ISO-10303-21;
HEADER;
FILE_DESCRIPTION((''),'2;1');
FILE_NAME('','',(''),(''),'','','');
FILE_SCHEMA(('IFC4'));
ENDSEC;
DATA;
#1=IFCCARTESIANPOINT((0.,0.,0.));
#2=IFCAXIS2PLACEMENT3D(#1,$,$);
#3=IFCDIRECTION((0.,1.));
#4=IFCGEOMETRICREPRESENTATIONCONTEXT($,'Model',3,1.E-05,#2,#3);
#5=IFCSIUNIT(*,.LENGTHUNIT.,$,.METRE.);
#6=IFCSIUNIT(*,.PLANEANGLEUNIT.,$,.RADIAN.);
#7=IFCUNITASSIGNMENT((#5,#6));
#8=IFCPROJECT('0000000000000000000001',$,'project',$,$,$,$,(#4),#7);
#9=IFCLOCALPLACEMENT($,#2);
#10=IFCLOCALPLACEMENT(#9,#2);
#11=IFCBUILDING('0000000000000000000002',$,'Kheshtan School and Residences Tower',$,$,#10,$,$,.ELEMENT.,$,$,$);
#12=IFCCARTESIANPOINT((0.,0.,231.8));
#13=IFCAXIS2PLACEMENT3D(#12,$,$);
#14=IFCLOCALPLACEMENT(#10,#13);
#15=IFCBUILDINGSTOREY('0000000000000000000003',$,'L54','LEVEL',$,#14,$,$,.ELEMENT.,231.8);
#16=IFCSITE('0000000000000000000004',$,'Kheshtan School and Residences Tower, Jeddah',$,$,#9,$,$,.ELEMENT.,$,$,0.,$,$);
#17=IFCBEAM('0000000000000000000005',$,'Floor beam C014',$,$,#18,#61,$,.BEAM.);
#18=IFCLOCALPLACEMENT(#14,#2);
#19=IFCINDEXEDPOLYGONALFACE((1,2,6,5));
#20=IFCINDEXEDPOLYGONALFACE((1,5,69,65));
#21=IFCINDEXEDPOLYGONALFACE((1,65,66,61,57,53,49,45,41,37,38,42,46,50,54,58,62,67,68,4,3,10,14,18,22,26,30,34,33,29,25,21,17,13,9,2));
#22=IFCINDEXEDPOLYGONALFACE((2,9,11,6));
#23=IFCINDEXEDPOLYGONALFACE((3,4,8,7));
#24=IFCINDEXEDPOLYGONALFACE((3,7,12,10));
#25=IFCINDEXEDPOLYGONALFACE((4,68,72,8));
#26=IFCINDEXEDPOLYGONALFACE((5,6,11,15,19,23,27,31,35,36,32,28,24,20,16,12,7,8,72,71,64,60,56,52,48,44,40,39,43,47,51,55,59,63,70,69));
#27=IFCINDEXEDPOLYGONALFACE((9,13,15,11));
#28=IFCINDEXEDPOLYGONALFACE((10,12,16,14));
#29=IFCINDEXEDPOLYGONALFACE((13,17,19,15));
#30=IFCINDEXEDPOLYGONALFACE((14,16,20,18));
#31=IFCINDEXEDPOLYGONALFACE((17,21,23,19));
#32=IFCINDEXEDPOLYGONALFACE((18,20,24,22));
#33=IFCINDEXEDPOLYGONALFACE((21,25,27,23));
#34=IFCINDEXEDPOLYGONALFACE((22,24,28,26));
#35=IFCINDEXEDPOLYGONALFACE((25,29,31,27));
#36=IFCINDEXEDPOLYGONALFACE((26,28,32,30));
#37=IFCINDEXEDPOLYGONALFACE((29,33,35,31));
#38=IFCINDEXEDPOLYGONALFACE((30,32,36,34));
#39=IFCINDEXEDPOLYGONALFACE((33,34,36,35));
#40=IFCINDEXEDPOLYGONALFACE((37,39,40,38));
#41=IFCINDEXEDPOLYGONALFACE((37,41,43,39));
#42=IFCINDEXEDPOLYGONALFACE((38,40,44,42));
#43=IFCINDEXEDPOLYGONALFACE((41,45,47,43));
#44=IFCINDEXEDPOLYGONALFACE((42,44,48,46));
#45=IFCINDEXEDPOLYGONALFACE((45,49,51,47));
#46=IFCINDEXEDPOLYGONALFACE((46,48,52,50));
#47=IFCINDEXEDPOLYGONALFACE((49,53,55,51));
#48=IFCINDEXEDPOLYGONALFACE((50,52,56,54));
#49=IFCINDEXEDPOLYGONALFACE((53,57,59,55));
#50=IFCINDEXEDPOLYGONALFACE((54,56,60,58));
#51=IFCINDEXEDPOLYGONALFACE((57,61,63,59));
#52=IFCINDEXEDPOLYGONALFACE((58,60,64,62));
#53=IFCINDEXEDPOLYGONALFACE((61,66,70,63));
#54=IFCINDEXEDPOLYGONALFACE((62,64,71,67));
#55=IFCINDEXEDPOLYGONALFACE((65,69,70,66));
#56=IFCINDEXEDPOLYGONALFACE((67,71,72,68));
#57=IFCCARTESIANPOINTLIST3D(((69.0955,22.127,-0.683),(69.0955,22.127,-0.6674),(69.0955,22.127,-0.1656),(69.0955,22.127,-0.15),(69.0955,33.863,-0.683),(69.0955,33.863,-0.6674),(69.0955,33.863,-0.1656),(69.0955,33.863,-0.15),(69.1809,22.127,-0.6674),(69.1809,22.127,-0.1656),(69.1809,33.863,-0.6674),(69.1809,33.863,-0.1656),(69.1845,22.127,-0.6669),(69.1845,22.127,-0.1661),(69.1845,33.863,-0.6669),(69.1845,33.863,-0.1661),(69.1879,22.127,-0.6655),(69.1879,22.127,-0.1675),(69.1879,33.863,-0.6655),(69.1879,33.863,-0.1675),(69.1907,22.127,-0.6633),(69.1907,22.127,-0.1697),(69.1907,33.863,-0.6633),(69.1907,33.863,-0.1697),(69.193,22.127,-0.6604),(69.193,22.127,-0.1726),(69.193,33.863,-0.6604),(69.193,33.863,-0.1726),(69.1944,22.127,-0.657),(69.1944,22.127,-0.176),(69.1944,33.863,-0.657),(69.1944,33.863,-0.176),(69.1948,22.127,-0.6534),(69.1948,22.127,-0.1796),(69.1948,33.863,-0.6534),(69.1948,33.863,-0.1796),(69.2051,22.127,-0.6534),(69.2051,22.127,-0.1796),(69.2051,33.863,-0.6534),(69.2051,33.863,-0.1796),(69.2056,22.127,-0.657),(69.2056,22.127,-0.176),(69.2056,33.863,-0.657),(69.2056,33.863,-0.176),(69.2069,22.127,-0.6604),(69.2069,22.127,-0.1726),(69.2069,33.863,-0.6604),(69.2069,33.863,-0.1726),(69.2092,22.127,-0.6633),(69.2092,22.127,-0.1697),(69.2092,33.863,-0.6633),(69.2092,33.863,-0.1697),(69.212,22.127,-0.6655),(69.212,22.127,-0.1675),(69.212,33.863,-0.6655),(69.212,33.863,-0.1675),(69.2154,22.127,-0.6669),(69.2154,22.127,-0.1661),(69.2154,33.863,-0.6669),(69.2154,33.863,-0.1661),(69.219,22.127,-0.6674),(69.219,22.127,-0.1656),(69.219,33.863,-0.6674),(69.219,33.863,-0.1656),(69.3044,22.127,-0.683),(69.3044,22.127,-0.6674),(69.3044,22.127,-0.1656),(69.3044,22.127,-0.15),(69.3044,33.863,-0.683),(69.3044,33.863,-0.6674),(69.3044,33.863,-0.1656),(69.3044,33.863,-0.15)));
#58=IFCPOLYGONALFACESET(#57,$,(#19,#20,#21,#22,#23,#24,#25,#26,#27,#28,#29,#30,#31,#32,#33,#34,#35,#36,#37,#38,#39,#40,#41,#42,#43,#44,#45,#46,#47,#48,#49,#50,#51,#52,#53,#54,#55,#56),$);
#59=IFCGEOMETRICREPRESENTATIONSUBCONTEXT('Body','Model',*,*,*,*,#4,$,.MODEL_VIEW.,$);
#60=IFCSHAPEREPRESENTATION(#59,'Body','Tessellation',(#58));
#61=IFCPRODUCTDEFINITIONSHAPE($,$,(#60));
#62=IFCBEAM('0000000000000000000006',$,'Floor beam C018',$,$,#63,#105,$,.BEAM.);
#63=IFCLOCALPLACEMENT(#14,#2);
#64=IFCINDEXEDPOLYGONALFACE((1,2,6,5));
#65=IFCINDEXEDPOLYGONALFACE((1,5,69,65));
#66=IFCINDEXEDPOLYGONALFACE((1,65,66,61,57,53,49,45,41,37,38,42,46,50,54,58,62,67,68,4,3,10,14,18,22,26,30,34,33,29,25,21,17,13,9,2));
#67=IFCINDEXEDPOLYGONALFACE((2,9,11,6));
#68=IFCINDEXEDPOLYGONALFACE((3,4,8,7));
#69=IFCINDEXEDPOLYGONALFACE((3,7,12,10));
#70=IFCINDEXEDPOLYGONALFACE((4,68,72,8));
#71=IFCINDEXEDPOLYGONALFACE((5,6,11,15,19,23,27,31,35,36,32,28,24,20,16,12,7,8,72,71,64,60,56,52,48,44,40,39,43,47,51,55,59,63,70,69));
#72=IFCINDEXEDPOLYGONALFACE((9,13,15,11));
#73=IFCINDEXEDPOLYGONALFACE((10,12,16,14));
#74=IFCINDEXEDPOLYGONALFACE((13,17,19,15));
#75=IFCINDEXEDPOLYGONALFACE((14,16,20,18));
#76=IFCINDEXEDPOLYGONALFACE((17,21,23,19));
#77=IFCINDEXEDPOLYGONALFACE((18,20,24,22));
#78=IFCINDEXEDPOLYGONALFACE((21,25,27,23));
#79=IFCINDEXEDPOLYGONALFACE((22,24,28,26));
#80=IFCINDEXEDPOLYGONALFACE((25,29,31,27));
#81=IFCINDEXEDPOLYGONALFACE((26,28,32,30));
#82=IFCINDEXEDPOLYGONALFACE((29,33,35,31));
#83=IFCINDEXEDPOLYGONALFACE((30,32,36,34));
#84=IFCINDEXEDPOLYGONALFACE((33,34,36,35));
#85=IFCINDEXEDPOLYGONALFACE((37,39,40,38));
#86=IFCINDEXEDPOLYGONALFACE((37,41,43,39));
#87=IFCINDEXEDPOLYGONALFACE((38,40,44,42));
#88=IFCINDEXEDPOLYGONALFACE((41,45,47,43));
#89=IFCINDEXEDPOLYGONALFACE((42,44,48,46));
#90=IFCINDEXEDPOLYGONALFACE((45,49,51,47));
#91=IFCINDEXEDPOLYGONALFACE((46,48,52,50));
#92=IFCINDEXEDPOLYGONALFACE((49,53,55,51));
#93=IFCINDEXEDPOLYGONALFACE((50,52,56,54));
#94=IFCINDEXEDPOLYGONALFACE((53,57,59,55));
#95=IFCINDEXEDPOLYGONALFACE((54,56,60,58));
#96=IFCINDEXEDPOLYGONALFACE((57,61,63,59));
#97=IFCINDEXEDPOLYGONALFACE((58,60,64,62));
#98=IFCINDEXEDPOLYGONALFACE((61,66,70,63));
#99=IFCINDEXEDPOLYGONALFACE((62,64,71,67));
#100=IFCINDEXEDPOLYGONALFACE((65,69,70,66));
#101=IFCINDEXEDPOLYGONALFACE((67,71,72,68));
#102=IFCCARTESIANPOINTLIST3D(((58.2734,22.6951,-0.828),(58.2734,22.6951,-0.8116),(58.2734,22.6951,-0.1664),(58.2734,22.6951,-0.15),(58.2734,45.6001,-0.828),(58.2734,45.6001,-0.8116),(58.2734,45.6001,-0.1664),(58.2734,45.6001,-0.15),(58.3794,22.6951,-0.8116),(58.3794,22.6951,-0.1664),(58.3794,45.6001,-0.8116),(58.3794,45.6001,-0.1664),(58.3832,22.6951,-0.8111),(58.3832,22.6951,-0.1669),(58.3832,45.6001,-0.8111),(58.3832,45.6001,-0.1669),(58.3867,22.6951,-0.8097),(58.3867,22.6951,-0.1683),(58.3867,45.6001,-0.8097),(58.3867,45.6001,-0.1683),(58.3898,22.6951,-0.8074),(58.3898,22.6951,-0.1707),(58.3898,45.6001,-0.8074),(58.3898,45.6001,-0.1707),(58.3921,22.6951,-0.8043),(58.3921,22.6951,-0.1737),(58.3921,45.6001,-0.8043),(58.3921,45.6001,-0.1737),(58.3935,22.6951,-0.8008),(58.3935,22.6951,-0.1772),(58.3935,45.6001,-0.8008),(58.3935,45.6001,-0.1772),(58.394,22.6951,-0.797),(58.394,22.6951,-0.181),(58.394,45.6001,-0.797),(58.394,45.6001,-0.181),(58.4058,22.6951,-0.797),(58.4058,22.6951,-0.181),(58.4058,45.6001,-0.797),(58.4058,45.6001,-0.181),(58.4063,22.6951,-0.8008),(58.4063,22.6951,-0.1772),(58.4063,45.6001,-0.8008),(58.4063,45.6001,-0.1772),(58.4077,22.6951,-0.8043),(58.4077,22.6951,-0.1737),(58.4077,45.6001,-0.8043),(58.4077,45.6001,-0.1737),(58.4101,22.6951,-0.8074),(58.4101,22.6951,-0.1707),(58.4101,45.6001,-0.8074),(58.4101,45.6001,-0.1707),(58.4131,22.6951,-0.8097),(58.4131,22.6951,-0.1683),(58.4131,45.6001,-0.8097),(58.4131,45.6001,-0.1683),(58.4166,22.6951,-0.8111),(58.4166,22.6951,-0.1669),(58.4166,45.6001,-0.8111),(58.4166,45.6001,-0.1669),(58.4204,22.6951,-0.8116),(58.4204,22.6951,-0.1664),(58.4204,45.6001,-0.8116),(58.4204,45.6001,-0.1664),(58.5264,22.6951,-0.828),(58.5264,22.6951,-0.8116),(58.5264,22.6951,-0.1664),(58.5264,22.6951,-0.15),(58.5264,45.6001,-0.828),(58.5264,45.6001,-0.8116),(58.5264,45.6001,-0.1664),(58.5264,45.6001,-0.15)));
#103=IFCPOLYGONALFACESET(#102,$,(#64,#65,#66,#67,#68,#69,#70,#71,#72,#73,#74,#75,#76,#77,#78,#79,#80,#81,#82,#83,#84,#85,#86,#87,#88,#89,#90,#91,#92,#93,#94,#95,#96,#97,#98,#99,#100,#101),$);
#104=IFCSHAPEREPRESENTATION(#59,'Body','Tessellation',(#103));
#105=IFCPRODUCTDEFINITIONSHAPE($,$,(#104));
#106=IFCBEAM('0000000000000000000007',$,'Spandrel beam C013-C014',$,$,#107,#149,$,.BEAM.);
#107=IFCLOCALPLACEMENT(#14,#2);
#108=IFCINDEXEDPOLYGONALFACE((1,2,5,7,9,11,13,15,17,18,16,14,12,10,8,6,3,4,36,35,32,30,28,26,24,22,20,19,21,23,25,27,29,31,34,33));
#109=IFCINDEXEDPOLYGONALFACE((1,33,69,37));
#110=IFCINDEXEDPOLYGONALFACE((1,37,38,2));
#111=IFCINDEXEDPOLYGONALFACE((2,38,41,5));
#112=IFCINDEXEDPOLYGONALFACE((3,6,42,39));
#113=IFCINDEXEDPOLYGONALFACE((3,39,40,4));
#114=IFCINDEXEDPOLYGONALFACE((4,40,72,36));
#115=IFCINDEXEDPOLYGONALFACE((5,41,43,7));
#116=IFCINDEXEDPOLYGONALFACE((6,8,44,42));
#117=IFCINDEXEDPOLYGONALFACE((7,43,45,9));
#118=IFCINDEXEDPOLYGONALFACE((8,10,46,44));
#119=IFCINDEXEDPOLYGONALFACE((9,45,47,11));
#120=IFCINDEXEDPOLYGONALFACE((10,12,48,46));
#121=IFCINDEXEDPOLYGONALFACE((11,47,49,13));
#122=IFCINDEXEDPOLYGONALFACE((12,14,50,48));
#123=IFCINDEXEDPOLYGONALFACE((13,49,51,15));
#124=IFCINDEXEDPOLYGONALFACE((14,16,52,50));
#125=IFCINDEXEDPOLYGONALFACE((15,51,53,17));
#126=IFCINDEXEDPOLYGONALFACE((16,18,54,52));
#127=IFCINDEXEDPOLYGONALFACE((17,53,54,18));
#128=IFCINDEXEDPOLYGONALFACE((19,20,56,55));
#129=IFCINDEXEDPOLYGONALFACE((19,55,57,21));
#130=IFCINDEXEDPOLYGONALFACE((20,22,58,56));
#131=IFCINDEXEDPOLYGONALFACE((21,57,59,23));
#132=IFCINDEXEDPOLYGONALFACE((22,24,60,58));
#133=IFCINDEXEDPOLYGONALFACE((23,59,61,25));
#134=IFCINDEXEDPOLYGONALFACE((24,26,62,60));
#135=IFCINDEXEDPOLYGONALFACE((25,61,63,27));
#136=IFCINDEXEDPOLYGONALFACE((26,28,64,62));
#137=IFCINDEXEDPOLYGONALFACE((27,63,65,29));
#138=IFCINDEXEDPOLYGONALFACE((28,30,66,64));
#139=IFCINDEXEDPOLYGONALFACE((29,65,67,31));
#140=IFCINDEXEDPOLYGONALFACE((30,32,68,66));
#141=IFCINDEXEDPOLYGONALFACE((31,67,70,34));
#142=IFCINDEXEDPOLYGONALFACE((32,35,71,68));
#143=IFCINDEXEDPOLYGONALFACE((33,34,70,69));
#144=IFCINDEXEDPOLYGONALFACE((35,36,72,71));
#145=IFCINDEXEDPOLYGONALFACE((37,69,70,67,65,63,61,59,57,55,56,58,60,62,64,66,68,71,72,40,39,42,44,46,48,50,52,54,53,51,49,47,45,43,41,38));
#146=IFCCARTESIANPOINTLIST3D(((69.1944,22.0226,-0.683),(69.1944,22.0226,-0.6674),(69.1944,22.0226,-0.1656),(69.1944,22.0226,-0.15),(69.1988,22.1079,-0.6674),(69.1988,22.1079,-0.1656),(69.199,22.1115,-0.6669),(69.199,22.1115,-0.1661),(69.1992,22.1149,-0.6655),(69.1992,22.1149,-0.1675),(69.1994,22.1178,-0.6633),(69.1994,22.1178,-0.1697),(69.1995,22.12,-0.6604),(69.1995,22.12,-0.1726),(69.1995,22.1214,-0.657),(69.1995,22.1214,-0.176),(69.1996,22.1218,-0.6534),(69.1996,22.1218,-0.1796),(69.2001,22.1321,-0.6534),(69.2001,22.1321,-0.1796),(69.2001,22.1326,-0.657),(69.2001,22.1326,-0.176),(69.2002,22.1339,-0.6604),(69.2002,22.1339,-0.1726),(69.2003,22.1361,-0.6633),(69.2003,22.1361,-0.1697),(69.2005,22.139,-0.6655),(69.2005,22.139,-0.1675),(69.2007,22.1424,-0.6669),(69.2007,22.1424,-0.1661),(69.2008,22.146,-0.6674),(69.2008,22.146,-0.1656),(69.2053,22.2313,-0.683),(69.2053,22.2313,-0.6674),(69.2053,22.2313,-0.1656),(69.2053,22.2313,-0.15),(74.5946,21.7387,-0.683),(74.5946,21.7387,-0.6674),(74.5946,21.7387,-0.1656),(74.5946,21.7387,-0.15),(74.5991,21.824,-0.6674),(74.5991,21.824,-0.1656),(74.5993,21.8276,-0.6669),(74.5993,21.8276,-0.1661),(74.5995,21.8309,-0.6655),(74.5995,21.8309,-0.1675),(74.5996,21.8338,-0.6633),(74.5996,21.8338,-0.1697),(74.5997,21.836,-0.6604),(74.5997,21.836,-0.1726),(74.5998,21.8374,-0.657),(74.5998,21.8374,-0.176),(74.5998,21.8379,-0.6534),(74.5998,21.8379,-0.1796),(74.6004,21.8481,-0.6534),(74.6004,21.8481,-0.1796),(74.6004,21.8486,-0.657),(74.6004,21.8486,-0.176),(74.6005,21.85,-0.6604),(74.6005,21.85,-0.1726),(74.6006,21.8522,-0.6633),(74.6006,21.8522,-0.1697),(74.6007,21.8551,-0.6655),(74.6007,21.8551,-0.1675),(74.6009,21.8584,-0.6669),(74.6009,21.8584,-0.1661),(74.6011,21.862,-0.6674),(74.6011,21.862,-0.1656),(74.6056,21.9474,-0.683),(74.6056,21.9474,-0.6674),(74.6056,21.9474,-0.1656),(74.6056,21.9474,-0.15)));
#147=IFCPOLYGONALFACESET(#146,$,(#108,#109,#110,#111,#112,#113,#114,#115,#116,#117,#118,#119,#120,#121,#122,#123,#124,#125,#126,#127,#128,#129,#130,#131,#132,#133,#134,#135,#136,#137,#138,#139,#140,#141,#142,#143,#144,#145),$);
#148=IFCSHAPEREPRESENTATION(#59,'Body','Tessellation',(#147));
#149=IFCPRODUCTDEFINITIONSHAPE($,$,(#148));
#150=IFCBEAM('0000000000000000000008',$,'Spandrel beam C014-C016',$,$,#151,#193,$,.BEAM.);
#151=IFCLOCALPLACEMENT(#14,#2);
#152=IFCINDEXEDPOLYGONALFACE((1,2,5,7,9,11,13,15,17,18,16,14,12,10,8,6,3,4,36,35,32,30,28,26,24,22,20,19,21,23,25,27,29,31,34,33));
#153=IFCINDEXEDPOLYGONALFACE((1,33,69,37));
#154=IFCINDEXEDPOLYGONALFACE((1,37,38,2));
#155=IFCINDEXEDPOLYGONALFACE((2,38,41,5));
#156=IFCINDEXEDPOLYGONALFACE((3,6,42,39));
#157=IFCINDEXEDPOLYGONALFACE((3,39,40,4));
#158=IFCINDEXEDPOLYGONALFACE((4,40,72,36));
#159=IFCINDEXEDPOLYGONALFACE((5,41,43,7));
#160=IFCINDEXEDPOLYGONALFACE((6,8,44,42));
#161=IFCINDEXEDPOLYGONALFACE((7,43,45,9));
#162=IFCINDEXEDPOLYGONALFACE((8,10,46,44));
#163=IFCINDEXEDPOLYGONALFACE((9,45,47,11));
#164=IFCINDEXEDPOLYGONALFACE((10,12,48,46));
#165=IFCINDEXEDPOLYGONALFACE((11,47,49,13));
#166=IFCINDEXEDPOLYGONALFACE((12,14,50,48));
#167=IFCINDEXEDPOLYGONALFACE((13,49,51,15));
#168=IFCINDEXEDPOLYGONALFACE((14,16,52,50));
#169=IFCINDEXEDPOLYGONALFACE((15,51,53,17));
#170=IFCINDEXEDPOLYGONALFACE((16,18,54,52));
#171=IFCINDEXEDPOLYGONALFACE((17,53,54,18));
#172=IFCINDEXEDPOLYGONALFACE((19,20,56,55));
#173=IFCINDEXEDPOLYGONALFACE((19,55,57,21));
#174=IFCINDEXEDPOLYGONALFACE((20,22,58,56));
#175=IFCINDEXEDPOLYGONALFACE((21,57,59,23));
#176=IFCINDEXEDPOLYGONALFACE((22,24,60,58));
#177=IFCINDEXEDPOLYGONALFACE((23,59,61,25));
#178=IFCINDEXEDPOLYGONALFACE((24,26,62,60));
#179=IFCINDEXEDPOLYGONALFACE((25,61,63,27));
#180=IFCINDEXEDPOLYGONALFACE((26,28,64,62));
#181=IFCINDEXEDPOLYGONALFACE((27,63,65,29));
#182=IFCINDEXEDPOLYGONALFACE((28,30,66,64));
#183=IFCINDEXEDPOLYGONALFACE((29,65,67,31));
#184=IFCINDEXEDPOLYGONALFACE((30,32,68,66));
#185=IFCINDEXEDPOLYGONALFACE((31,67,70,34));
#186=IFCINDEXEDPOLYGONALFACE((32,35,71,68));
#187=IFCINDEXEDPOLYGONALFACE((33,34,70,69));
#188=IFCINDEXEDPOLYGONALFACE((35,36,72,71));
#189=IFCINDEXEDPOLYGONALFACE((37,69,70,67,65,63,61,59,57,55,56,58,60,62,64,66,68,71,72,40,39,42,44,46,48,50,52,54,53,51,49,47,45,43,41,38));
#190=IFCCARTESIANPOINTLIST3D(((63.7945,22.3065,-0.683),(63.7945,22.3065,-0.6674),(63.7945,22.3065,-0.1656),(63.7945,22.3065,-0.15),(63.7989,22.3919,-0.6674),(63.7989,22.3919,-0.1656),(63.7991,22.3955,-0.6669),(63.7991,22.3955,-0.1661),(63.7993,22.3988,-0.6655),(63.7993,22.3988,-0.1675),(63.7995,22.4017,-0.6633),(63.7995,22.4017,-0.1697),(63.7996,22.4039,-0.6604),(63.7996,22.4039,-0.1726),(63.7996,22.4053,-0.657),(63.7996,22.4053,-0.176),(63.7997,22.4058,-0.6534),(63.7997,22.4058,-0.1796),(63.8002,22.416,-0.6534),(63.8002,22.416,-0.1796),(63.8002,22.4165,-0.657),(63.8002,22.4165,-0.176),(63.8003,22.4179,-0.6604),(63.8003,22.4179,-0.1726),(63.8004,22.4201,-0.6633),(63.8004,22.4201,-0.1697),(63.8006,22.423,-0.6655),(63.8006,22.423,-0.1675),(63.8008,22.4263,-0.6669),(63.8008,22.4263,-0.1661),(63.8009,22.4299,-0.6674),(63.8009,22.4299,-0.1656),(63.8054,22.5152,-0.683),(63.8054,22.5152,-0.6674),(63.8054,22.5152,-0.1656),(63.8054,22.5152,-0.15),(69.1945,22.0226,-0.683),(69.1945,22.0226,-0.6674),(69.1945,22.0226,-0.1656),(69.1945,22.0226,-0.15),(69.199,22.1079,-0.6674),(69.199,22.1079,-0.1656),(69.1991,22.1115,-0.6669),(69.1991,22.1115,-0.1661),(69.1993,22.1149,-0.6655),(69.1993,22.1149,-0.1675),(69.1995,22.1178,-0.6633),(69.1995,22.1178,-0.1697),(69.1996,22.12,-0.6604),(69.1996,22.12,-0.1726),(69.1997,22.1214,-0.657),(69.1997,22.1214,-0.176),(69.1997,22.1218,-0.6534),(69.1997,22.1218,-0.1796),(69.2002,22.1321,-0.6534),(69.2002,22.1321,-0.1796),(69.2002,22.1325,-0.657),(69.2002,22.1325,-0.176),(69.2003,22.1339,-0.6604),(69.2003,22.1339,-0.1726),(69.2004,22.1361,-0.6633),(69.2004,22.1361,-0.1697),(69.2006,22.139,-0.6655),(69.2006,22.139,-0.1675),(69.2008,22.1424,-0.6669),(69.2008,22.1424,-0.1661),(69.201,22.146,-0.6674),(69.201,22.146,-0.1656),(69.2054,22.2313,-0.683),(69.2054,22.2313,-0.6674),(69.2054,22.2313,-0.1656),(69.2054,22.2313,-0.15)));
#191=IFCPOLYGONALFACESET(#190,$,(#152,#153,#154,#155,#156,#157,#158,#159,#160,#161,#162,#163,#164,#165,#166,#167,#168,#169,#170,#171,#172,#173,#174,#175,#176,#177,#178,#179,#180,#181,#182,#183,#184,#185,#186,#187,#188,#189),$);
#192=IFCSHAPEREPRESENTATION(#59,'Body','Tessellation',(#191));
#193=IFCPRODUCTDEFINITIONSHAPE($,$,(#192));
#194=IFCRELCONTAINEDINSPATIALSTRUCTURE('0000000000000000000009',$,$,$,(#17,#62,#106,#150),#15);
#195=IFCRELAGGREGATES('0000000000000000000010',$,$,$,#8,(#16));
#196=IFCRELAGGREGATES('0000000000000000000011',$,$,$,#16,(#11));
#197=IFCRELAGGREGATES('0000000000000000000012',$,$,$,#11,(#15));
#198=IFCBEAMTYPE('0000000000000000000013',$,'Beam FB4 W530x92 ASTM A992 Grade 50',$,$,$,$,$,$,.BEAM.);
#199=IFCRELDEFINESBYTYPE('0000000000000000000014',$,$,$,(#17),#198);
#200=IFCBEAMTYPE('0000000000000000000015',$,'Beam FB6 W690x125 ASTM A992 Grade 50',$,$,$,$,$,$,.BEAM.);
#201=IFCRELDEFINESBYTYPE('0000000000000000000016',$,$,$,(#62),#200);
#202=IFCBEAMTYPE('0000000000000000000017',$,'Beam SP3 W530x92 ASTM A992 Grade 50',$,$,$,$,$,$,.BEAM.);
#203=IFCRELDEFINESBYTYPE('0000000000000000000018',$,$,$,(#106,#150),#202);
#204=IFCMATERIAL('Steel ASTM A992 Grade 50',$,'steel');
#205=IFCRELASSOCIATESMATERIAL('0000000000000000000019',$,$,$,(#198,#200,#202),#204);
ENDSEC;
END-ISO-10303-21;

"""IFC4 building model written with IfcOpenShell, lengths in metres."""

from ifc_helpers import new_model, si_unit, direction, frame, origin, origin_2d, place, context, subcontext, project, spatial, i_section, extrude, material, material_profile, profile_set, type_object, element, save


model = new_model("IFC4")

# Units and contexts
model_context = context("Model", 3, precision=1e-05, world=origin(), true_north=direction((0.0, 1.0)))
body_context = subcontext(model_context, "Body", "Model", "MODEL_VIEW")
ifc_project = project(units=[si_unit("LENGTHUNIT", "METRE"), si_unit("PLANEANGLEUNIT", "RADIAN")], contexts=[model_context])

# Site, building, storey
site_placement = place(None, origin())
site = spatial("IfcSite", under=ifc_project, at=site_placement, Name="Kheshtan School and Residences Tower, Jeddah", CompositionType="ELEMENT", RefElevation=0.0)
building_placement = place(site_placement, origin())
building = spatial("IfcBuilding", under=site, at=building_placement, Name="Kheshtan School and Residences Tower", CompositionType="ELEMENT")
storey_placement = place(building_placement, frame((0.0, 0.0, 231.8)))
storey = spatial("IfcBuildingStorey", under=building, at=storey_placement, Name="L54", Description="LEVEL", CompositionType="ELEMENT", Elevation=231.8)

# Shared definitions
ifc_material_1 = material(Name="Steel ASTM A992 Grade 50", Category="steel")

# Beams
ifc_material_profile_1 = material_profile(ifc_material_1, i_section(OverallWidth=0.209, OverallDepth=0.533, WebThickness=0.0103, FlangeThickness=0.0156, FilletRadius=0.0139, at=origin_2d()), Name="W530x92")
ifc_profile_set_1 = profile_set([ifc_material_profile_1], Name="Steel ASTM A992 Grade 50")
beam_type_1 = type_object("IfcBeamType", Name="Beam FB4 W530x92 ASTM A992 Grade 50", PredefinedType="BEAM", material=ifc_profile_set_1)
beam_1_placement = place(storey_placement, frame((69.2, 22.127, -0.4165), z_axis=(0.0, 1.0, 0.0), x_axis=(-1.0, 0.0, 0.0)))
element("IfcBeam", 1, at=beam_1_placement, inside=storey, type_object=beam_type_1, Name="Floor beam C014", PredefinedType="BEAM", context=body_context, shape_type="SweptSolid", body=[
    extrude(i_section(OverallWidth=0.209, OverallDepth=0.533, WebThickness=0.0103, FlangeThickness=0.0156, FilletRadius=0.0139, at=origin_2d()), origin(), (0.0, 0.0, 1.0), 11.7361),
])
ifc_material_profile_2 = material_profile(ifc_material_1, i_section(OverallWidth=0.2529, OverallDepth=0.678, WebThickness=0.0117, FlangeThickness=0.0164, FilletRadius=0.0146, at=origin_2d()), Name="W690x125")
ifc_profile_set_2 = profile_set([ifc_material_profile_2], Name="Steel ASTM A992 Grade 50")
beam_type_2 = type_object("IfcBeamType", Name="Beam FB6 W690x125 ASTM A992 Grade 50", PredefinedType="BEAM", material=ifc_profile_set_2)
beam_2_placement = place(storey_placement, frame((58.3999, 22.6951, -0.489), z_axis=(0.0, 1.0, 0.0), x_axis=(-1.0, 0.0, 0.0)))
element("IfcBeam", 2, at=beam_2_placement, inside=storey, type_object=beam_type_2, Name="Floor beam C018", PredefinedType="BEAM", context=body_context, shape_type="SweptSolid", body=[
    extrude(i_section(OverallWidth=0.2529, OverallDepth=0.678, WebThickness=0.0117, FlangeThickness=0.0164, FilletRadius=0.0146, at=origin_2d()), origin(), (0.0, 0.0, 1.0), 22.905),
])
ifc_material_profile_3 = material_profile(ifc_material_1, i_section(OverallWidth=0.209, OverallDepth=0.533, WebThickness=0.0103, FlangeThickness=0.0156, FilletRadius=0.0139, at=origin_2d()), Name="W530x92")
ifc_profile_set_3 = profile_set([ifc_material_profile_3], Name="Steel ASTM A992 Grade 50")
beam_type_3 = type_object("IfcBeamType", Name="Beam SP3 W530x92 ASTM A992 Grade 50", PredefinedType="BEAM", material=ifc_profile_set_3)
beam_3_placement = place(storey_placement, frame((74.6001, 21.843, -0.4165), z_axis=(-0.998621, 0.052507, 0.0), x_axis=(-0.052507, -0.998621, 0.0)))
element("IfcBeam", 3, at=beam_3_placement, inside=storey, type_object=beam_type_3, Name="Spandrel beam C013-C014", PredefinedType="BEAM", context=body_context, shape_type="SweptSolid", body=[
    extrude(i_section(OverallWidth=0.209, OverallDepth=0.533, WebThickness=0.0103, FlangeThickness=0.0156, FilletRadius=0.0139, at=origin_2d()), origin(), (0.0, 0.0, 1.0), 5.4077),
])
beam_4_placement = place(storey_placement, frame((69.2, 22.127, -0.4165), z_axis=(-0.99862, 0.052509, 0.0), x_axis=(-0.052509, -0.99862, 0.0)))
element("IfcBeam", 4, at=beam_4_placement, inside=storey, type_object=beam_type_3, Name="Spandrel beam C014-C016", PredefinedType="BEAM", context=body_context, shape_type="SweptSolid", body=[
    extrude(i_section(OverallWidth=0.209, OverallDepth=0.533, WebThickness=0.0103, FlangeThickness=0.0156, FilletRadius=0.0139, at=origin_2d()), origin(), (0.0, 0.0, 1.0), 5.4075),
])

save(model, "model.ifc")
